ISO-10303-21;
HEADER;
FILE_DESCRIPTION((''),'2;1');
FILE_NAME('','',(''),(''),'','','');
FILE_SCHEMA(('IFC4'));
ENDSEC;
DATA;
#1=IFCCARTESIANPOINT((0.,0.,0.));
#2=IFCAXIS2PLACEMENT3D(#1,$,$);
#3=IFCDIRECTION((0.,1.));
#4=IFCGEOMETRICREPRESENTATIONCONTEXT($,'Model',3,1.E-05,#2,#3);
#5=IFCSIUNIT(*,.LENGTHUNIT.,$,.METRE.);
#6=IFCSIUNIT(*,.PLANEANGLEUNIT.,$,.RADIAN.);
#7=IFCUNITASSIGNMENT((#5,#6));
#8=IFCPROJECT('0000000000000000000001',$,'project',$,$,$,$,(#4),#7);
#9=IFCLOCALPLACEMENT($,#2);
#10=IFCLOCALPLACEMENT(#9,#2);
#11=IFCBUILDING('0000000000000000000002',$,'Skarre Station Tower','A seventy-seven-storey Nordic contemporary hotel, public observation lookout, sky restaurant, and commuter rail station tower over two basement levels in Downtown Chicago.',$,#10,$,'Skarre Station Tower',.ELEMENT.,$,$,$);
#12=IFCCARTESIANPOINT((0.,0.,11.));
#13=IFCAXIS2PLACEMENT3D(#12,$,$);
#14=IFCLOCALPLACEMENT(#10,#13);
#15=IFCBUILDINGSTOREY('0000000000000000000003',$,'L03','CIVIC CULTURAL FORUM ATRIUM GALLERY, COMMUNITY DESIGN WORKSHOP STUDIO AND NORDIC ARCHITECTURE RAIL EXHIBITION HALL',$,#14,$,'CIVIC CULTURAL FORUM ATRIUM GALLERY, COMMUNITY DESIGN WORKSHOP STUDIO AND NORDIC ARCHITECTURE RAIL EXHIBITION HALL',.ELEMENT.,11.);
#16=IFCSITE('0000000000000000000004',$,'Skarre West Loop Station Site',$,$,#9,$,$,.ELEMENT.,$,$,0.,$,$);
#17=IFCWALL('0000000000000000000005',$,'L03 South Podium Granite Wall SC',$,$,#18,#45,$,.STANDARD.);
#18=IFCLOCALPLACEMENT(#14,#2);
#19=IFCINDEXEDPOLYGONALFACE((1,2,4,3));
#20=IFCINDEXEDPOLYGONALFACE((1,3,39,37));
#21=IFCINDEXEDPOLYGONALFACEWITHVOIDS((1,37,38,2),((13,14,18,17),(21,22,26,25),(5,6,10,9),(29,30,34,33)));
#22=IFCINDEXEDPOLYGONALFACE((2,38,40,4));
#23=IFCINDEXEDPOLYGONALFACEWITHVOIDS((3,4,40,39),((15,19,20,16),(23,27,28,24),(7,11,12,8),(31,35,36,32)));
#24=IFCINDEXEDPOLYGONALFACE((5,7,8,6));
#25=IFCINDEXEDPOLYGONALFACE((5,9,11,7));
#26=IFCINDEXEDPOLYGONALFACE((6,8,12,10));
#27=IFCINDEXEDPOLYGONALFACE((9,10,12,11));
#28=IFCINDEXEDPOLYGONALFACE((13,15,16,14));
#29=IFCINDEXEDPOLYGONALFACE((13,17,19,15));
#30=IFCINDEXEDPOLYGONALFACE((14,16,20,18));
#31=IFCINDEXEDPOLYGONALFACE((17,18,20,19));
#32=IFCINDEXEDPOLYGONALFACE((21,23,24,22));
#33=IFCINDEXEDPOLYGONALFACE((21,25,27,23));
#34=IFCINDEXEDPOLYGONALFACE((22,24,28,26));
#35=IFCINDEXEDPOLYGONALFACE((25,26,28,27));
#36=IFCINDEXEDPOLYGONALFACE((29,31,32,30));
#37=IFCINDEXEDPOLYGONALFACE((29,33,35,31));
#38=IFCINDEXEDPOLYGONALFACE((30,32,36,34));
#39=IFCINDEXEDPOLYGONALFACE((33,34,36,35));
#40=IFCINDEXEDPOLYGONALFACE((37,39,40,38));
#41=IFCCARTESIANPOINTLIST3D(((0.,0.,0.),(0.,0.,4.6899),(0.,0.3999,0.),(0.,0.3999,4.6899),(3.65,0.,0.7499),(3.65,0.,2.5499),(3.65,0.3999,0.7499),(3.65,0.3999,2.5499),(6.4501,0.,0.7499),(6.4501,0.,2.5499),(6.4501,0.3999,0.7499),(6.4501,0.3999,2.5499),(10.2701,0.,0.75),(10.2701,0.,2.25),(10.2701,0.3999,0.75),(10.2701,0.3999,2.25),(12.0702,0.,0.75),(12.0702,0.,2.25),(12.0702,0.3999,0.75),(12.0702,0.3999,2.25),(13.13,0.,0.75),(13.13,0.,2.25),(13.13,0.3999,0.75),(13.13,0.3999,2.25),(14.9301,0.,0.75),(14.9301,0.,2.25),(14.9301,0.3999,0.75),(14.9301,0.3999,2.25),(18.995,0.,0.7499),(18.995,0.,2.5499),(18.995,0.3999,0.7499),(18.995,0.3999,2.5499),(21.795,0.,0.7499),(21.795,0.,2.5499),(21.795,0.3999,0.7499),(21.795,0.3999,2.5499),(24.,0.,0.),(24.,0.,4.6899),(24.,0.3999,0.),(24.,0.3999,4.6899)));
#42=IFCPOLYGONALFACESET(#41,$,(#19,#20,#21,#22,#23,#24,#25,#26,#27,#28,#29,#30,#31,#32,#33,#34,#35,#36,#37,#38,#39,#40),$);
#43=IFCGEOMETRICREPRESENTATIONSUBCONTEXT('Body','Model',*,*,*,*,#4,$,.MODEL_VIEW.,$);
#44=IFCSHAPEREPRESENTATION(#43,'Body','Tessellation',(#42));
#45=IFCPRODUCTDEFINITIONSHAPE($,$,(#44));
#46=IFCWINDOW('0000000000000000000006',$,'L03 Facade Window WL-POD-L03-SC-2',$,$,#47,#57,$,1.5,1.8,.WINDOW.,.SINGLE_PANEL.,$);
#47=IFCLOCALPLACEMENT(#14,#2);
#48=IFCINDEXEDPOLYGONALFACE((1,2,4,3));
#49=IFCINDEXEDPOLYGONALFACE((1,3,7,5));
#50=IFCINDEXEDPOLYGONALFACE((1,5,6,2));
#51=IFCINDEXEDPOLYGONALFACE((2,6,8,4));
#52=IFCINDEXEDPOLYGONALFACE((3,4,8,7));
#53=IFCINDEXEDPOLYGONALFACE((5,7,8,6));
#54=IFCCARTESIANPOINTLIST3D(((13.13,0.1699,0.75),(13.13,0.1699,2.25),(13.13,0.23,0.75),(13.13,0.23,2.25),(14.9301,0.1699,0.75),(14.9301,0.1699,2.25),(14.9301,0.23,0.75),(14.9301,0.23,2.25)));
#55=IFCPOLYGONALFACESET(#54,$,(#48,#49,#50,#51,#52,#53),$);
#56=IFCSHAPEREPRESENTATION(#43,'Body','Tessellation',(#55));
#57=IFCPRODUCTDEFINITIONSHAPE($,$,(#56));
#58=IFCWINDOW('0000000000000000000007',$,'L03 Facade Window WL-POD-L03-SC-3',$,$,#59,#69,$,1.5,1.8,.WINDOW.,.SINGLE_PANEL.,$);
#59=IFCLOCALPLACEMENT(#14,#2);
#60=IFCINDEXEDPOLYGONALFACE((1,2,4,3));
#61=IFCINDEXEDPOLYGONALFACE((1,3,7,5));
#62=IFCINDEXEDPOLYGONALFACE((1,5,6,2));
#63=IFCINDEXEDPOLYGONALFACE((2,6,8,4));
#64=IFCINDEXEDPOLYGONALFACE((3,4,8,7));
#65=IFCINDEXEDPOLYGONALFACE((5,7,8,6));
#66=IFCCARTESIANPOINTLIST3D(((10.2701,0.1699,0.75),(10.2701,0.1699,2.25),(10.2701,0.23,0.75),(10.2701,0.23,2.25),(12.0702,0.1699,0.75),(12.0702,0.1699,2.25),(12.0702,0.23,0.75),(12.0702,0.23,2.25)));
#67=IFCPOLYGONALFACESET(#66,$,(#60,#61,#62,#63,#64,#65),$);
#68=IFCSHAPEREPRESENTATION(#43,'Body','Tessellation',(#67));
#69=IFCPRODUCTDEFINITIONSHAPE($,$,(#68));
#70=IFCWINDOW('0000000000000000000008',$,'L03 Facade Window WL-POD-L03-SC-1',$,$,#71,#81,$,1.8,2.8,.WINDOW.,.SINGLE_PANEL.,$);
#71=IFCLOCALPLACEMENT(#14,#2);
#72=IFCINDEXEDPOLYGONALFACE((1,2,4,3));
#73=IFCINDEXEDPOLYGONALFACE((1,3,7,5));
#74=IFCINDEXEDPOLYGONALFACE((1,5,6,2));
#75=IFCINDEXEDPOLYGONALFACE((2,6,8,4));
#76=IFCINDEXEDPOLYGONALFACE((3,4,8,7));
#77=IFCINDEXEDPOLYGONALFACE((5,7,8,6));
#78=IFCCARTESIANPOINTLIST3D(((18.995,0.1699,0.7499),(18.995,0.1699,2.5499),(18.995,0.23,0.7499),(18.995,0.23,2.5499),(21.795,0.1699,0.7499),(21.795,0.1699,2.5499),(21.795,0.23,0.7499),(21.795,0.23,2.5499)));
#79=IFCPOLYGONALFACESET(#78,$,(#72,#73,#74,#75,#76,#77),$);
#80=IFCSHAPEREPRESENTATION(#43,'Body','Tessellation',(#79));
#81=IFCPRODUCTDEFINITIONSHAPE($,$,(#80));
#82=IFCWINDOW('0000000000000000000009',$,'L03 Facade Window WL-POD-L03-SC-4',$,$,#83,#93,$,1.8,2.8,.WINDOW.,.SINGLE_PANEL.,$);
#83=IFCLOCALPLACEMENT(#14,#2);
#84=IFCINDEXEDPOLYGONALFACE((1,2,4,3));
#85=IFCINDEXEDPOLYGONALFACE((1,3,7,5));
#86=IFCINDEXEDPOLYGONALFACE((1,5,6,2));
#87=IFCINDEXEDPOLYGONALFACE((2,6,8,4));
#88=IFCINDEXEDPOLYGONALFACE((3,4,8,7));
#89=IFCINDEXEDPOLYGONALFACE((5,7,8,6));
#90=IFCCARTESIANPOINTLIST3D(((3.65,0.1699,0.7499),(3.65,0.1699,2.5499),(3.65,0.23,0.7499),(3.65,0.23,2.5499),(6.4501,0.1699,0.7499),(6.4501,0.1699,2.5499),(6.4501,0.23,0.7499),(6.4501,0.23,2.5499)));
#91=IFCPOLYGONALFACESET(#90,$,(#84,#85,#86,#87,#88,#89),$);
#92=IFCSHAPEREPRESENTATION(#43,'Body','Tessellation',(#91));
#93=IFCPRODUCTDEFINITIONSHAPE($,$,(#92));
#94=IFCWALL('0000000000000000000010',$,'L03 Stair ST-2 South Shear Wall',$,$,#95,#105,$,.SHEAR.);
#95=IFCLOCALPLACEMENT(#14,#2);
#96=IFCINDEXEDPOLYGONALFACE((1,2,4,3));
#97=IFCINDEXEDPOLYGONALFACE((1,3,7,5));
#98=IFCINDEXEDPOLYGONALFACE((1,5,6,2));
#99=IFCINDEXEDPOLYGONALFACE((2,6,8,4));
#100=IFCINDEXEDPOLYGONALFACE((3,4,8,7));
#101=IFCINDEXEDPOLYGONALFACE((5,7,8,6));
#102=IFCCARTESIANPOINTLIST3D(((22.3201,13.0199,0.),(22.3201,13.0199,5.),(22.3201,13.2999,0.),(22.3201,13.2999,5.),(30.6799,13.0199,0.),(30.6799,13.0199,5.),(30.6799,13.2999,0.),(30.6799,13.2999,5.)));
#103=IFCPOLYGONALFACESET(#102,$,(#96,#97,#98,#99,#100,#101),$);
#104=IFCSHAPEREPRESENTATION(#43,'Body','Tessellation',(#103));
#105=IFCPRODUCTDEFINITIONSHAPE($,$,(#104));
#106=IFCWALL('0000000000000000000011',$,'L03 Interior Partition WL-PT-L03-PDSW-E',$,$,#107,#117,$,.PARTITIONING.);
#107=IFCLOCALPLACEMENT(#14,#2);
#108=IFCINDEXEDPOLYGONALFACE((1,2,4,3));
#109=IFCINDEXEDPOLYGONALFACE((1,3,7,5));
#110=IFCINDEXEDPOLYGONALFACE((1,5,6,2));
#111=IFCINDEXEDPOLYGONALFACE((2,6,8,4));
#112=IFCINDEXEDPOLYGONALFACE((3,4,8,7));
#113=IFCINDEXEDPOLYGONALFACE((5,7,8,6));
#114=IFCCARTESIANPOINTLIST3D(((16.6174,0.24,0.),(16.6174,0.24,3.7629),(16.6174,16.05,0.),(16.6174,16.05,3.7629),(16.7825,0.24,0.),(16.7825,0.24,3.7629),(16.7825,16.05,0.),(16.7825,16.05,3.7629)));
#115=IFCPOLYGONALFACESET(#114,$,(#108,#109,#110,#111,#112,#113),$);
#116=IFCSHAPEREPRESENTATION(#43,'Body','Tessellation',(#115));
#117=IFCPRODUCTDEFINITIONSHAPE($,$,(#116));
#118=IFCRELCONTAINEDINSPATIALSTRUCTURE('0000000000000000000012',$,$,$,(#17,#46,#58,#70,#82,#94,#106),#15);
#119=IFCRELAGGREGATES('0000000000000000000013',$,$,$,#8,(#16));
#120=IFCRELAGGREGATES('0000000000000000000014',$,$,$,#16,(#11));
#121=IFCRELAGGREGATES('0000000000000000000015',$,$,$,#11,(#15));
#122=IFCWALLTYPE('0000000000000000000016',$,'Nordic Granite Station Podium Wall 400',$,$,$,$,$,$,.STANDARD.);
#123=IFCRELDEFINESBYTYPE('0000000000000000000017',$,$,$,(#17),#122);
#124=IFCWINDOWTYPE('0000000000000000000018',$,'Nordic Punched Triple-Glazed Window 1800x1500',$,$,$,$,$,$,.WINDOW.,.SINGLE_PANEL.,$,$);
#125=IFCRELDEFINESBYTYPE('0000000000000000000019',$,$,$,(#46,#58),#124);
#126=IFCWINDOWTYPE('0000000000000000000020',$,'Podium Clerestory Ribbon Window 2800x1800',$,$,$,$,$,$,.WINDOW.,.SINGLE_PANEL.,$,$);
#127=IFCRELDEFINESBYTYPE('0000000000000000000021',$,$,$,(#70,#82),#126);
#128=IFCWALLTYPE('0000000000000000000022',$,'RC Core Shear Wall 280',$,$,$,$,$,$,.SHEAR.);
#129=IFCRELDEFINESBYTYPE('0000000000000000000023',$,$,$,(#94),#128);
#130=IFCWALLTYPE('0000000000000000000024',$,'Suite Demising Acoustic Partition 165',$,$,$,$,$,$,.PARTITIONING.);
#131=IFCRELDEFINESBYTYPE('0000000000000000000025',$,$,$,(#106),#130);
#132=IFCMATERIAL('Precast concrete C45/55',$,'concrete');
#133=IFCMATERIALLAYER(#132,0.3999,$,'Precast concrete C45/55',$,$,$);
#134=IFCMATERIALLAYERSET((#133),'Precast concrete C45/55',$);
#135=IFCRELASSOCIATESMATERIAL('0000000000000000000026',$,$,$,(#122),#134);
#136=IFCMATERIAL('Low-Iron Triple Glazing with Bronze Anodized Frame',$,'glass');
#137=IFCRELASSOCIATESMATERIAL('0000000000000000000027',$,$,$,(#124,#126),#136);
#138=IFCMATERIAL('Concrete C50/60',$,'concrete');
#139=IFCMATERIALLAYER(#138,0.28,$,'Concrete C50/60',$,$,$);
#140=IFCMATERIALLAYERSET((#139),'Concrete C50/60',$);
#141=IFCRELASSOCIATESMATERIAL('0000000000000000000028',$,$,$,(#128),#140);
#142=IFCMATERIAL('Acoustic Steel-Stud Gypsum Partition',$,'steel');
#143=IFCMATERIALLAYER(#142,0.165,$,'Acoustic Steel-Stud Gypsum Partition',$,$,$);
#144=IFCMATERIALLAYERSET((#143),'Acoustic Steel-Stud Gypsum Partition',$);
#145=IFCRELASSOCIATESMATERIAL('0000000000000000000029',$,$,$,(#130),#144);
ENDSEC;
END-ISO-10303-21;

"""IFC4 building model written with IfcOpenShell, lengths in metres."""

from ifc_helpers import new_model, si_unit, direction, frame, frame_2d, origin, place, context, subcontext, project, spatial, rectangle, extrude, material, layer, layer_set, type_object, element, fill, save


model = new_model("IFC4")

# Units and contexts
model_context = context("Model", 3, precision=1e-05, world=origin(), true_north=direction((0.0, 1.0)))
body_context = subcontext(model_context, "Body", "Model", "MODEL_VIEW")
ifc_project = project(units=[si_unit("LENGTHUNIT", "METRE"), si_unit("PLANEANGLEUNIT", "RADIAN")], contexts=[model_context])

# Site, building, storey
site_placement = place(None, origin())
site = spatial("IfcSite", under=ifc_project, at=site_placement, Name="Skarre West Loop Station Site", CompositionType="ELEMENT", RefElevation=0.0)
building_placement = place(site_placement, origin())
building = spatial("IfcBuilding", under=site, at=building_placement, Name="Skarre Station Tower", Description="A seventy-seven-storey Nordic contemporary hotel, public observation lookout, sky restaurant, and commuter rail station tower over two basement levels in Downtown Chicago.", LongName="Skarre Station Tower", CompositionType="ELEMENT")
storey_placement = place(building_placement, frame((0.0, 0.0, 11.0)))
storey = spatial("IfcBuildingStorey", under=building, at=storey_placement, Name="L03", Description="CIVIC CULTURAL FORUM ATRIUM GALLERY, COMMUNITY DESIGN WORKSHOP STUDIO AND NORDIC ARCHITECTURE RAIL EXHIBITION HALL", LongName="CIVIC CULTURAL FORUM ATRIUM GALLERY, COMMUNITY DESIGN WORKSHOP STUDIO AND NORDIC ARCHITECTURE RAIL EXHIBITION HALL", CompositionType="ELEMENT", Elevation=11.0)

# Wall, openings, windows
ifc_material_1 = material(Name="Precast concrete C45/55", Category="concrete")
ifc_layer_1 = layer(ifc_material_1, 0.3999, Name="Precast concrete C45/55")
ifc_layer_set_1 = layer_set([ifc_layer_1], Name="Precast concrete C45/55")
wall_type_1 = type_object("IfcWallType", Name="Nordic Granite Station Podium Wall 400", PredefinedType="STANDARD", material=ifc_layer_set_1)
wall_1_placement = place(storey_placement, frame((24.0, 0.2, 0.0), z_axis=(0.0, 0.0, 1.0), x_axis=(-1.0, 0.0, 0.0)))
wall_1 = element("IfcWall", 1, at=wall_1_placement, inside=storey, type_object=wall_type_1, Name="L03 South Podium Granite Wall SC", PredefinedType="STANDARD", context=body_context, shape_type="SweptSolid", body=[
    extrude(rectangle(XDim=24.0, YDim=0.3999, at=frame_2d((12.0, 0.0))), origin(), (0.0, 0.0, 1.0), 4.6899),
])
opening_1_placement = place(wall_1_placement, frame((2.2051, 0.0, 0.75)))
opening_1 = element("IfcOpeningElement", 2, at=opening_1_placement, cuts=wall_1, PredefinedType="OPENING", context=body_context, shape_type="SweptSolid", body=[
    extrude(rectangle(XDim=2.8, YDim=1.8, at=frame_2d((1.3999, 0.8999))), frame((0.0, 0.21, 0.0), z_axis=(0.0, -1.0, 0.0), x_axis=(1.0, 0.0, 0.0)), (0.0, 0.0, 1.0), 0.4199),
])
opening_2_placement = place(wall_1_placement, frame((9.0701, 0.0, 0.75)))
opening_2 = element("IfcOpeningElement", 3, at=opening_2_placement, cuts=wall_1, PredefinedType="OPENING", context=body_context, shape_type="SweptSolid", body=[
    extrude(rectangle(XDim=1.8, YDim=1.5, at=frame_2d((0.8999, 0.75))), frame((0.0, 0.21, 0.0), z_axis=(0.0, -1.0, 0.0), x_axis=(1.0, 0.0, 0.0)), (0.0, 0.0, 1.0), 0.4199),
])
opening_3_placement = place(wall_1_placement, frame((11.9299, 0.0, 0.75)))
opening_3 = element("IfcOpeningElement", 4, at=opening_3_placement, cuts=wall_1, PredefinedType="OPENING", context=body_context, shape_type="SweptSolid", body=[
    extrude(rectangle(XDim=1.8, YDim=1.5, at=frame_2d((0.8999, 0.75))), frame((0.0, 0.21, 0.0), z_axis=(0.0, -1.0, 0.0), x_axis=(1.0, 0.0, 0.0)), (0.0, 0.0, 1.0), 0.4199),
])
opening_4_placement = place(wall_1_placement, frame((17.55, 0.0, 0.75)))
opening_4 = element("IfcOpeningElement", 5, at=opening_4_placement, cuts=wall_1, PredefinedType="OPENING", context=body_context, shape_type="SweptSolid", body=[
    extrude(rectangle(XDim=2.8, YDim=1.8, at=frame_2d((1.3999, 0.8999))), frame((0.0, 0.21, 0.0), z_axis=(0.0, -1.0, 0.0), x_axis=(1.0, 0.0, 0.0)), (0.0, 0.0, 1.0), 0.4199),
])
ifc_material_2 = material(Name="Low-Iron Triple Glazing with Bronze Anodized Frame", Category="glass")
window_type_1 = type_object("IfcWindowType", Name="Nordic Punched Triple-Glazed Window 1800x1500", PartitioningType="SINGLE_PANEL", PredefinedType="WINDOW", material=ifc_material_2)
window_1_placement = place(opening_2_placement, origin())
window_1 = element("IfcWindow", 6, at=window_1_placement, inside=storey, type_object=window_type_1, Name="L03 Facade Window WL-POD-L03-SC-2", OverallHeight=1.5, OverallWidth=1.8, PartitioningType="SINGLE_PANEL", PredefinedType="WINDOW", context=body_context, shape_type="SweptSolid", body=[
    extrude(rectangle(XDim=1.8, YDim=1.5, at=frame_2d((0.8999, 0.75))), frame((0.0, 0.03, 0.0), z_axis=(0.0, -1.0, 0.0), x_axis=(1.0, 0.0, 0.0)), (0.0, 0.0, 1.0), 0.0601),
])
fill(opening_2, window_1)
window_2_placement = place(opening_3_placement, origin())
window_2 = element("IfcWindow", 7, at=window_2_placement, inside=storey, type_object=window_type_1, Name="L03 Facade Window WL-POD-L03-SC-3", OverallHeight=1.5, OverallWidth=1.8, PartitioningType="SINGLE_PANEL", PredefinedType="WINDOW", context=body_context, shape_type="SweptSolid", body=[
    extrude(rectangle(XDim=1.8, YDim=1.5, at=frame_2d((0.8999, 0.75))), frame((0.0, 0.03, 0.0), z_axis=(0.0, -1.0, 0.0), x_axis=(1.0, 0.0, 0.0)), (0.0, 0.0, 1.0), 0.0601),
])
fill(opening_3, window_2)
window_type_2 = type_object("IfcWindowType", Name="Podium Clerestory Ribbon Window 2800x1800", PartitioningType="SINGLE_PANEL", PredefinedType="WINDOW", material=ifc_material_2)
window_3_placement = place(opening_1_placement, origin())
window_3 = element("IfcWindow", 8, at=window_3_placement, inside=storey, type_object=window_type_2, Name="L03 Facade Window WL-POD-L03-SC-1", OverallHeight=1.8, OverallWidth=2.8, PartitioningType="SINGLE_PANEL", PredefinedType="WINDOW", context=body_context, shape_type="SweptSolid", body=[
    extrude(rectangle(XDim=2.8, YDim=1.8, at=frame_2d((1.3999, 0.8999))), frame((0.0, 0.03, 0.0), z_axis=(0.0, -1.0, 0.0), x_axis=(1.0, 0.0, 0.0)), (0.0, 0.0, 1.0), 0.0601),
])
fill(opening_1, window_3)
window_4_placement = place(opening_4_placement, origin())
window_4 = element("IfcWindow", 9, at=window_4_placement, inside=storey, type_object=window_type_2, Name="L03 Facade Window WL-POD-L03-SC-4", OverallHeight=1.8, OverallWidth=2.8, PartitioningType="SINGLE_PANEL", PredefinedType="WINDOW", context=body_context, shape_type="SweptSolid", body=[
    extrude(rectangle(XDim=2.8, YDim=1.8, at=frame_2d((1.3999, 0.8999))), frame((0.0, 0.03, 0.0), z_axis=(0.0, -1.0, 0.0), x_axis=(1.0, 0.0, 0.0)), (0.0, 0.0, 1.0), 0.0601),
])
fill(opening_4, window_4)

# Walls
ifc_material_3 = material(Name="Concrete C50/60", Category="concrete")
ifc_layer_2 = layer(ifc_material_3, 0.28, Name="Concrete C50/60")
ifc_layer_set_2 = layer_set([ifc_layer_2], Name="Concrete C50/60")
wall_type_2 = type_object("IfcWallType", Name="RC Core Shear Wall 280", PredefinedType="SHEAR", material=ifc_layer_set_2)
wall_2_placement = place(storey_placement, frame((22.3201, 13.1599, 0.0), z_axis=(0.0, 0.0, 1.0), x_axis=(1.0, 0.0, 0.0)))
element("IfcWall", 10, at=wall_2_placement, inside=storey, type_object=wall_type_2, Name="L03 Stair ST-2 South Shear Wall", PredefinedType="SHEAR", context=body_context, shape_type="SweptSolid", body=[
    extrude(rectangle(XDim=8.3599, YDim=0.28, at=frame_2d((4.1799, 0.0))), origin(), (0.0, 0.0, 1.0), 5.0),
])
ifc_material_4 = material(Name="Acoustic Steel-Stud Gypsum Partition", Category="steel")
ifc_layer_3 = layer(ifc_material_4, 0.165, Name="Acoustic Steel-Stud Gypsum Partition")
ifc_layer_set_3 = layer_set([ifc_layer_3], Name="Acoustic Steel-Stud Gypsum Partition")
wall_type_3 = type_object("IfcWallType", Name="Suite Demising Acoustic Partition 165", PredefinedType="PARTITIONING", material=ifc_layer_set_3)
wall_3_placement = place(storey_placement, frame((16.7, 0.24, 0.0), z_axis=(0.0, 0.0, 1.0), x_axis=(0.0, 1.0, 0.0)))
element("IfcWall", 11, at=wall_3_placement, inside=storey, type_object=wall_type_3, Name="L03 Interior Partition WL-PT-L03-PDSW-E", PredefinedType="PARTITIONING", context=body_context, shape_type="SweptSolid", body=[
    extrude(rectangle(XDim=15.8101, YDim=0.165, at=frame_2d((7.905, 0.0))), origin(), (0.0, 0.0, 1.0), 3.7629),
])

save(model, "model.ifc")
